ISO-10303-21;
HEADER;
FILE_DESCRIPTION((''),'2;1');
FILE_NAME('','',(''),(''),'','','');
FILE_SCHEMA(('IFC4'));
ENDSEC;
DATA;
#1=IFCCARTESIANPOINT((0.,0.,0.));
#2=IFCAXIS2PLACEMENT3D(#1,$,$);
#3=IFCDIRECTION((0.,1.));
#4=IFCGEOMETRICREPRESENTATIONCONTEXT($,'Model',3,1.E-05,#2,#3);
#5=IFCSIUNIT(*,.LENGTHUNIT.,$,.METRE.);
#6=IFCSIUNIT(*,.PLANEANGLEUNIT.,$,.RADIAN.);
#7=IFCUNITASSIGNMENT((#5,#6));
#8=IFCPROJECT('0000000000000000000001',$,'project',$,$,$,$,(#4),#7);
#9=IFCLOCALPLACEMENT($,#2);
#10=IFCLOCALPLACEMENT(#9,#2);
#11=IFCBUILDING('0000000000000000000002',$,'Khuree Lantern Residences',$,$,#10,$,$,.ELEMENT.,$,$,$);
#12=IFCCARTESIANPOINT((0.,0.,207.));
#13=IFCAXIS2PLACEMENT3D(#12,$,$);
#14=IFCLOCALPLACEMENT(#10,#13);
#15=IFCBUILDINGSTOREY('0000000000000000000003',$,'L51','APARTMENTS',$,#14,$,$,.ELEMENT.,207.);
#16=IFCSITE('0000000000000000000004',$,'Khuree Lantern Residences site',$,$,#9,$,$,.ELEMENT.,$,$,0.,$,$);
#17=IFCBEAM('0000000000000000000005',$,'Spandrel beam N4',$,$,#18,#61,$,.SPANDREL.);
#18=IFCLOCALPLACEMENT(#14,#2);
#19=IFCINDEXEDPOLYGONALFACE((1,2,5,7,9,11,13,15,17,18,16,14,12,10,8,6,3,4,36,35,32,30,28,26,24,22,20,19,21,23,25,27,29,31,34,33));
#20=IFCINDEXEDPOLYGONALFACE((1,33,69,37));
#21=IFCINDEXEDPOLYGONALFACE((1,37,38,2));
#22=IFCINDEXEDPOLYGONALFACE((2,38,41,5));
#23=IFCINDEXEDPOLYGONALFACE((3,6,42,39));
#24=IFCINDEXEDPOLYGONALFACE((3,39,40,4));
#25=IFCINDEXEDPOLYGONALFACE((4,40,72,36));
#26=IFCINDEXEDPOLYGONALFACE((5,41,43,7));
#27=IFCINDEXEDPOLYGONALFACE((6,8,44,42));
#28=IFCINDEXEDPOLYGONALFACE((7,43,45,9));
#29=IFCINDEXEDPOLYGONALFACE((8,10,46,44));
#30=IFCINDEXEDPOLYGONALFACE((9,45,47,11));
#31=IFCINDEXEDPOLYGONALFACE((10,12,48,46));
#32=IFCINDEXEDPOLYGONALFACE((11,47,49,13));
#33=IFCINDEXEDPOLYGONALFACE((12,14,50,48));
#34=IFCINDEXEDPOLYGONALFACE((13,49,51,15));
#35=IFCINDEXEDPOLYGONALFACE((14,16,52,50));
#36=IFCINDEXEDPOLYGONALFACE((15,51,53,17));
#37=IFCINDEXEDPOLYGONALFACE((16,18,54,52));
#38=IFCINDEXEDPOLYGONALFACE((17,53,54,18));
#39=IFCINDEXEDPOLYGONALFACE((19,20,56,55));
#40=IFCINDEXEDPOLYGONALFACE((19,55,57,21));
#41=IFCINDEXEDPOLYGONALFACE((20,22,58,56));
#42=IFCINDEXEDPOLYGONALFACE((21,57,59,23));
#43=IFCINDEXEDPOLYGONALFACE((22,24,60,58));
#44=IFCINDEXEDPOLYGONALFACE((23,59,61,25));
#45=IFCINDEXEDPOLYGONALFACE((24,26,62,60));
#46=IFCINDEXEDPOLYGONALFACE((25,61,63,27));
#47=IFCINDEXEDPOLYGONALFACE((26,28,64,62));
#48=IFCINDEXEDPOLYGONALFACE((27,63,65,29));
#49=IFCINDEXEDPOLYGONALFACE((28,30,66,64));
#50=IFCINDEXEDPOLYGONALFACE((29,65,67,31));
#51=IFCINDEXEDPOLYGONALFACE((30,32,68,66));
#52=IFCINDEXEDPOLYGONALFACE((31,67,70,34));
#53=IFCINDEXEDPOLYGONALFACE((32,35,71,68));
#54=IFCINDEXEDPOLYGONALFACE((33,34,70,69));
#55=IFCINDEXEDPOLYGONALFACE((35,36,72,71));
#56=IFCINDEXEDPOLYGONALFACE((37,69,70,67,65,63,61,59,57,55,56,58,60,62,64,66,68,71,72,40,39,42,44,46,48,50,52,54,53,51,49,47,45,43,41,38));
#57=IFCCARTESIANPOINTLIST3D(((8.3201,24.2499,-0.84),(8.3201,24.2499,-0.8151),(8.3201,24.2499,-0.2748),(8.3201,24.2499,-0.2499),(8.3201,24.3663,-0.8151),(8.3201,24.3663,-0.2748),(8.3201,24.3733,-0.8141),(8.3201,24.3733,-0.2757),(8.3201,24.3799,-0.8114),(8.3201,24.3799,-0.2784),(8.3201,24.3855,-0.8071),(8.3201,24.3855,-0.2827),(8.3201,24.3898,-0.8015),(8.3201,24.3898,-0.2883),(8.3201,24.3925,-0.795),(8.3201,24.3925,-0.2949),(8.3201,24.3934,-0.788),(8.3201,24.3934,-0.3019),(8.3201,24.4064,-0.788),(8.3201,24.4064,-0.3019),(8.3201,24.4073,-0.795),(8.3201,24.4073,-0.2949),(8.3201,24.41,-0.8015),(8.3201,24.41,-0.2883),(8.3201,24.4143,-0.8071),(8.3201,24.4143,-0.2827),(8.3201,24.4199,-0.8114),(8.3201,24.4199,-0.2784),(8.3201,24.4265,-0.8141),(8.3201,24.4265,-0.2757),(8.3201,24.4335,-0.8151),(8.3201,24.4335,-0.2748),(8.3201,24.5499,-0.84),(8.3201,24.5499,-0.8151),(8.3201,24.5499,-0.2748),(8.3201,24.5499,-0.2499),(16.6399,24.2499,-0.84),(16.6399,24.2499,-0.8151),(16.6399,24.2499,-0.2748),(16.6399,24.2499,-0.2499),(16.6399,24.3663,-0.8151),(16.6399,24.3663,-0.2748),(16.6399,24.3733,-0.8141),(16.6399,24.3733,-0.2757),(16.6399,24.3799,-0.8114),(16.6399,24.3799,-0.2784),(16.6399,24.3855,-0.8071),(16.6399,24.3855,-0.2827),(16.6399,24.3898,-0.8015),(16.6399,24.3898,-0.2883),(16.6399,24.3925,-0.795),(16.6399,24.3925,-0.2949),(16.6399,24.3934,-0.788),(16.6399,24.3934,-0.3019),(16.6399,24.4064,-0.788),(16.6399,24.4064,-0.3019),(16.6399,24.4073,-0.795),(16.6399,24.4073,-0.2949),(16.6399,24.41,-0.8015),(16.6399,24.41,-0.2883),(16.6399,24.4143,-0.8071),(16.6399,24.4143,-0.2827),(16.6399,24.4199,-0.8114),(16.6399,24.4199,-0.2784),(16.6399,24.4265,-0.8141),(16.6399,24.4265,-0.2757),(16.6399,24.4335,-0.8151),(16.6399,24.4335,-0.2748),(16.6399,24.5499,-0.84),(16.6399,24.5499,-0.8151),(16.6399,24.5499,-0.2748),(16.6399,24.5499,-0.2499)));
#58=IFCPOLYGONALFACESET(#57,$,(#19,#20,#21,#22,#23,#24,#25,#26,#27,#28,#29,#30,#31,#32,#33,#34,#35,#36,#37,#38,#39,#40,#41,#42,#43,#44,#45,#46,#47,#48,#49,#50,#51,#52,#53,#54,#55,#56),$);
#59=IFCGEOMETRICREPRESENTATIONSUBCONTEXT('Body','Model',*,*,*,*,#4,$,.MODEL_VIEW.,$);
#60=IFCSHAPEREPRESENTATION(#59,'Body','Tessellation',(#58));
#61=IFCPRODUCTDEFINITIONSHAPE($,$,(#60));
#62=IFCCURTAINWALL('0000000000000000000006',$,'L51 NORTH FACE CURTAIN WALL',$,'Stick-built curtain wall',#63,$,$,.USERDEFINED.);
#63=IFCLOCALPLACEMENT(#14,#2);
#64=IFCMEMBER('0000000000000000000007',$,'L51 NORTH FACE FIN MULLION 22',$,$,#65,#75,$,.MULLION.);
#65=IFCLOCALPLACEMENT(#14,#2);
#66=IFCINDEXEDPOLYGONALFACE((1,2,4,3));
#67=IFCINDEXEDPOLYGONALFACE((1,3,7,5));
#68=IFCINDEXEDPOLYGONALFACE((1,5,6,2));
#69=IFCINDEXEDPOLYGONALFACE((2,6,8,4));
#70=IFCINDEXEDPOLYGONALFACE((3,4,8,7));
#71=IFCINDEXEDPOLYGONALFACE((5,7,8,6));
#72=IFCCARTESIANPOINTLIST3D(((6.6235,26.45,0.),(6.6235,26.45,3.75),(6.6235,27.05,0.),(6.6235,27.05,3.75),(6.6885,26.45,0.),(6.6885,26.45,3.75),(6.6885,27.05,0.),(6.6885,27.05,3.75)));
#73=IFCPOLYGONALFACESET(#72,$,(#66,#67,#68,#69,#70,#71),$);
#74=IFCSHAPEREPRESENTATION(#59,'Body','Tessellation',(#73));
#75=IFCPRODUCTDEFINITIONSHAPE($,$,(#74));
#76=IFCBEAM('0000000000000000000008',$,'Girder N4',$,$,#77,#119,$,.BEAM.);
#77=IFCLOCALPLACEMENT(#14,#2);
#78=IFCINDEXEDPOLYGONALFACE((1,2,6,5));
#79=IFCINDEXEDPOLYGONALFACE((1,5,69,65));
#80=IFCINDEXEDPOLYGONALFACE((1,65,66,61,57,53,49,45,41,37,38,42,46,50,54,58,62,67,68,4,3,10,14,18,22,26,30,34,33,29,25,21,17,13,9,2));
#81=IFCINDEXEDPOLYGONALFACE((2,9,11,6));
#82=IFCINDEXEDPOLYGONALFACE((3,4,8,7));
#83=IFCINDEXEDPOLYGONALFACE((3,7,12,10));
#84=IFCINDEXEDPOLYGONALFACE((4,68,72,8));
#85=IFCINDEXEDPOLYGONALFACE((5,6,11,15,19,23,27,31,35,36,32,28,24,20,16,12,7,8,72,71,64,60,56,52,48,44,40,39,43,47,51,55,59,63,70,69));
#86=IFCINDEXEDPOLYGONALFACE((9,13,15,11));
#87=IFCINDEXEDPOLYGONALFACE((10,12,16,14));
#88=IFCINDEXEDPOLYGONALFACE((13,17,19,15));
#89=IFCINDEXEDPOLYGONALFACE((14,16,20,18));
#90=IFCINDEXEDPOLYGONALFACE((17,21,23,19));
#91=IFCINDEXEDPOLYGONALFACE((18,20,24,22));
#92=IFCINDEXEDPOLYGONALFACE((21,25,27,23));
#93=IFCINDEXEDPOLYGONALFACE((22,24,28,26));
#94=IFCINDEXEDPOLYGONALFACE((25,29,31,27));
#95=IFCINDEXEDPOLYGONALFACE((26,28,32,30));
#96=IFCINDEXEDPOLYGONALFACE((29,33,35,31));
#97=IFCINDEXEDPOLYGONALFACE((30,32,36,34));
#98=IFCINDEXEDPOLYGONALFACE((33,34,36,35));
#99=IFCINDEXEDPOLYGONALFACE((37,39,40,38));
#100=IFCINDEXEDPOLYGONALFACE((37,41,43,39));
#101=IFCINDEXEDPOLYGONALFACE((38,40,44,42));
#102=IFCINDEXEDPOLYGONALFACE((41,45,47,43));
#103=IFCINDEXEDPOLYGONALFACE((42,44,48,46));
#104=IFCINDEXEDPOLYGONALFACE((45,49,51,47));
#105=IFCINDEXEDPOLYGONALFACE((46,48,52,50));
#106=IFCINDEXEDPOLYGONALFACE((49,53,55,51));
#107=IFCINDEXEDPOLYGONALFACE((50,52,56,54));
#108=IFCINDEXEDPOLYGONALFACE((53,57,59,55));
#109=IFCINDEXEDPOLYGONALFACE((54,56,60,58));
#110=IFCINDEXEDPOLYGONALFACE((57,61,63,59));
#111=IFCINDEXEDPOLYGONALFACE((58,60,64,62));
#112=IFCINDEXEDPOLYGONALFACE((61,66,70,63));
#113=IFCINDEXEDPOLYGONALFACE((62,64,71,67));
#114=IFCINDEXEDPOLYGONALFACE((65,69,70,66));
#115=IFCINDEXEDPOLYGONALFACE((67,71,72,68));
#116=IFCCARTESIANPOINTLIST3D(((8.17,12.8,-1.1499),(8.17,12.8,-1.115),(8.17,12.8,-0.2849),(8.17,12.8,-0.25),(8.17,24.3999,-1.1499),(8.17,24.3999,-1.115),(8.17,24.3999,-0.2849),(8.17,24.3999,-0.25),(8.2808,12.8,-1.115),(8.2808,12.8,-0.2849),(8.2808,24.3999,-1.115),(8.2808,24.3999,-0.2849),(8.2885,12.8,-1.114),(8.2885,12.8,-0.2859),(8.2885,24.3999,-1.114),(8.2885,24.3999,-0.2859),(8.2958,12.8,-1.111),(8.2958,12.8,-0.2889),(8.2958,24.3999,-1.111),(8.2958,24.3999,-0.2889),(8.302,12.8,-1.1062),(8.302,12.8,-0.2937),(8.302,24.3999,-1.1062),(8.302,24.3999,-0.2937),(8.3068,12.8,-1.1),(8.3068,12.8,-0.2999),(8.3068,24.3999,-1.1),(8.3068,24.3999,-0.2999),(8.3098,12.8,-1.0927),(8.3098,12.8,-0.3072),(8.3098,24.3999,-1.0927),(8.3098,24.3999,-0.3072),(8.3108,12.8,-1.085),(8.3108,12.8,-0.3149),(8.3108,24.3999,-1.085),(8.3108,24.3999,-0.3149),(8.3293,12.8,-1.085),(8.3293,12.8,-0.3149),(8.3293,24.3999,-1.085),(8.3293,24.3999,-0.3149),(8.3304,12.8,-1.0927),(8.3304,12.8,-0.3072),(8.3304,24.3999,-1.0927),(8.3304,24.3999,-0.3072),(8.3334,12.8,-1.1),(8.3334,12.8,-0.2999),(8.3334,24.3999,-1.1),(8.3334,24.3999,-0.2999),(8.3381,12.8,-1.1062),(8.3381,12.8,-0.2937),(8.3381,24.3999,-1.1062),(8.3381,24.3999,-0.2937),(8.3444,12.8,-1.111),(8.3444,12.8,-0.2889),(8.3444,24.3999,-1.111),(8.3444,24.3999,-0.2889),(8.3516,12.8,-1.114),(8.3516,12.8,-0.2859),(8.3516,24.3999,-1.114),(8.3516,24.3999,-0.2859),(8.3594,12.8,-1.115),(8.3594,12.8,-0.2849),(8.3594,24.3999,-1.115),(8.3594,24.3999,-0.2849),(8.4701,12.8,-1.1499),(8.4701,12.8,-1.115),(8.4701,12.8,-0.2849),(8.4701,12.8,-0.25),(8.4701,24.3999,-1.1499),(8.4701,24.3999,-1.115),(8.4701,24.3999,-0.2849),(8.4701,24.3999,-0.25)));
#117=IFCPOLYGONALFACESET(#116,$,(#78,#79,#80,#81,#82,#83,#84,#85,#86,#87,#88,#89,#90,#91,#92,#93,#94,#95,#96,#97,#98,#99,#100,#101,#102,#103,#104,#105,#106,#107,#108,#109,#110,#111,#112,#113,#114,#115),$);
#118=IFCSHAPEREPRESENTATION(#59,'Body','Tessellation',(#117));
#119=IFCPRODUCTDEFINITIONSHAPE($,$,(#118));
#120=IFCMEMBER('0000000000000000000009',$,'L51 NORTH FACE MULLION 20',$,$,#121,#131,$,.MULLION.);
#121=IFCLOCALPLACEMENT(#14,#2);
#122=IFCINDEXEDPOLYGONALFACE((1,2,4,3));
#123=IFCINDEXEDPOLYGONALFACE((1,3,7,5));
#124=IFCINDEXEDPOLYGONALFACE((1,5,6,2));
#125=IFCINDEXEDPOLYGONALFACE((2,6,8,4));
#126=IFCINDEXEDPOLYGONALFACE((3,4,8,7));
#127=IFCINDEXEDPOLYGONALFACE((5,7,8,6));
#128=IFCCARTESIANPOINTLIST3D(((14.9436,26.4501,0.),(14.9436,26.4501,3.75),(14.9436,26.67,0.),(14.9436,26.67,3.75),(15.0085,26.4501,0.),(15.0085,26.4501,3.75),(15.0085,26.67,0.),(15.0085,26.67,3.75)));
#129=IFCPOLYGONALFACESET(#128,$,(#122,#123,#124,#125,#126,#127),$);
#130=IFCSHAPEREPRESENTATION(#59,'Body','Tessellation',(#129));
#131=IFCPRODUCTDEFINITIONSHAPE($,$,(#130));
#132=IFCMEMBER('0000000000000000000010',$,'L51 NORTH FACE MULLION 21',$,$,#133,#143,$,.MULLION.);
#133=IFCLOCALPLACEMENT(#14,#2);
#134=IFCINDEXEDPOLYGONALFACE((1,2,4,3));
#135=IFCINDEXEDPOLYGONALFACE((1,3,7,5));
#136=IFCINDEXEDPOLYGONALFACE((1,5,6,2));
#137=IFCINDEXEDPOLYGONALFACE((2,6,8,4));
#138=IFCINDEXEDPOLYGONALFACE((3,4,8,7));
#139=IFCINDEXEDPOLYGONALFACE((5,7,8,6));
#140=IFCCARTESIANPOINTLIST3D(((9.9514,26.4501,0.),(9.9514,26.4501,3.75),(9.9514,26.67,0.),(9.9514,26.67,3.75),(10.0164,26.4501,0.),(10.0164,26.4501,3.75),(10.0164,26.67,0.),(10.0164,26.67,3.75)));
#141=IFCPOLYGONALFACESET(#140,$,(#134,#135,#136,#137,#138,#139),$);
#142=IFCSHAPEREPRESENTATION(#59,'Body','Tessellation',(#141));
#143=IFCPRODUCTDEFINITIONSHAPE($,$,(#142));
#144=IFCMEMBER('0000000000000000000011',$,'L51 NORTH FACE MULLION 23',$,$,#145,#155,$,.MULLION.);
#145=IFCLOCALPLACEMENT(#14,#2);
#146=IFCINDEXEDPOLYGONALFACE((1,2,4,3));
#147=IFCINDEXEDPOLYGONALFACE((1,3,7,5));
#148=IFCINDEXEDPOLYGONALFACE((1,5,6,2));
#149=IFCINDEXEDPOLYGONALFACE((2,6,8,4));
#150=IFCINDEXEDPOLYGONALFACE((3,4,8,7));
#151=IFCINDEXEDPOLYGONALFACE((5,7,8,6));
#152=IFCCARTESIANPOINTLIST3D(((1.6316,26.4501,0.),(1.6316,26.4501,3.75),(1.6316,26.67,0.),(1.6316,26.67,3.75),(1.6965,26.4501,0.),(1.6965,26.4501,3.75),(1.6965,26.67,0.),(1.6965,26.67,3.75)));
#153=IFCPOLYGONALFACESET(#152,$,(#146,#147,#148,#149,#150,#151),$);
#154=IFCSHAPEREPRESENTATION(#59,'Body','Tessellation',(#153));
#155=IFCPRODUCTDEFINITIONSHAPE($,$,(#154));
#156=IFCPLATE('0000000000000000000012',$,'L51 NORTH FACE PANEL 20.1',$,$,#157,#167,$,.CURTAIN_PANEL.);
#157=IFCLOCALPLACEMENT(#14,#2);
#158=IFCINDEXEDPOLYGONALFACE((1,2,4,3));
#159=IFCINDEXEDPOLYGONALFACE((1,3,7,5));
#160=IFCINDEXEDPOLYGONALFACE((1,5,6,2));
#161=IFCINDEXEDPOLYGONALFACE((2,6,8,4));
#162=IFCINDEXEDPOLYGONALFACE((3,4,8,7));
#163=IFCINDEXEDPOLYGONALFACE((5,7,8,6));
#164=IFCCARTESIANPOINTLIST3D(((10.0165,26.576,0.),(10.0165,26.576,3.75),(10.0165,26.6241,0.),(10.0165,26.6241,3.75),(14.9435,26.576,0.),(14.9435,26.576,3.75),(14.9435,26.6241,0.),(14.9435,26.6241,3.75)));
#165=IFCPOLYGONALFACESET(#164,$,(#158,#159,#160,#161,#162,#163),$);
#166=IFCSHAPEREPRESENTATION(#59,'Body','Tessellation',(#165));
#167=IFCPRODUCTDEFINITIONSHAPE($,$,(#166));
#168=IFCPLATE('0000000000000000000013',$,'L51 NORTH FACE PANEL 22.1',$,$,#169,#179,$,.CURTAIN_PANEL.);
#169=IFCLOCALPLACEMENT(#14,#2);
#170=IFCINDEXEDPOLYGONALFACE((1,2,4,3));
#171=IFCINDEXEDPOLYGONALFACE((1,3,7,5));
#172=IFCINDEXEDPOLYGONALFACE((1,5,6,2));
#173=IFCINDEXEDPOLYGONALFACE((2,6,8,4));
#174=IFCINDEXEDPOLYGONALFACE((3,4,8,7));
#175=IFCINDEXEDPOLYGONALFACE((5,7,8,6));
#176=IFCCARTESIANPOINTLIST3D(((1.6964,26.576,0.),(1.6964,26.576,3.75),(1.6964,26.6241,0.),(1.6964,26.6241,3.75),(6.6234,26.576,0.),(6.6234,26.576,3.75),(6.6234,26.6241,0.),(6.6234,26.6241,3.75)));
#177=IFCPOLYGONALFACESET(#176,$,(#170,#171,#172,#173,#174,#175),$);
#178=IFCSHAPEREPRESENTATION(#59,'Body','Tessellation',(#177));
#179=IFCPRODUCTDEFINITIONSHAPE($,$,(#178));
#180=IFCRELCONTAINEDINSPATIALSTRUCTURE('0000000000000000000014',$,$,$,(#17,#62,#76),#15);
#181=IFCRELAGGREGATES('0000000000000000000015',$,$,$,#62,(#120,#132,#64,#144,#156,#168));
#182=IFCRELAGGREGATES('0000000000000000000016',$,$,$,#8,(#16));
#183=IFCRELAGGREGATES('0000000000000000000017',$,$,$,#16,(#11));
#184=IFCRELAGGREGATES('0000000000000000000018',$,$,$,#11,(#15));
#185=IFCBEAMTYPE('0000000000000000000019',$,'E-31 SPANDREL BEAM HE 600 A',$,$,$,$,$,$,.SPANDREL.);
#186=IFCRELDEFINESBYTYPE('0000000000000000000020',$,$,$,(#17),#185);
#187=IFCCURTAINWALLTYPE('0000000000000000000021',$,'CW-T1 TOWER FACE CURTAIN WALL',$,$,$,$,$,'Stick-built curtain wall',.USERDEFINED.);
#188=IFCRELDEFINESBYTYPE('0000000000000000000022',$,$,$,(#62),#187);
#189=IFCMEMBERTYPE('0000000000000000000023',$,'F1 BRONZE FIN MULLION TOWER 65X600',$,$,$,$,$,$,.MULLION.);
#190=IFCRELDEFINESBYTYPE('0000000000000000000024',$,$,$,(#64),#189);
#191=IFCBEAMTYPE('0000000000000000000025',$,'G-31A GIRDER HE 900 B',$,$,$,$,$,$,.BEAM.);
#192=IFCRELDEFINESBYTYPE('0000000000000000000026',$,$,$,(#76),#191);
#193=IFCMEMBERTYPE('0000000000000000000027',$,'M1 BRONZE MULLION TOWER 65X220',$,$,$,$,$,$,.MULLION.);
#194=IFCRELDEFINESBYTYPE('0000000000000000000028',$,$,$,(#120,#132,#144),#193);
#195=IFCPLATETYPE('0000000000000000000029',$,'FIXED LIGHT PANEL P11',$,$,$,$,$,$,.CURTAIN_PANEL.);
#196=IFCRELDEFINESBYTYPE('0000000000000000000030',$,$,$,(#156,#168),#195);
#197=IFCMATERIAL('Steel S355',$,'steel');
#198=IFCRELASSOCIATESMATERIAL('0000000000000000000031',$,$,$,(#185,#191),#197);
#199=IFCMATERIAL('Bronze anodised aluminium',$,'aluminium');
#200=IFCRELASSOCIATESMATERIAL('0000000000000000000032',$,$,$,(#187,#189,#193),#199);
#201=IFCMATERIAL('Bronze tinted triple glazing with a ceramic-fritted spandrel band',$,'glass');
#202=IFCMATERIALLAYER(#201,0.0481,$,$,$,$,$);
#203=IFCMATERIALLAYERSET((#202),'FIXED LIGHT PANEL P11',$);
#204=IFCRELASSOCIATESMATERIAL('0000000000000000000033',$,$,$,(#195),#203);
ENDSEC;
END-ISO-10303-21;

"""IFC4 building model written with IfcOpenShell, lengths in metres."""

from ifc_helpers import new_model, si_unit, direction, frame, origin, origin_2d, place, context, subcontext, project, spatial, rectangle, i_section, extrude, material, layer, layer_set, material_profile, profile_set, type_object, element, aggregate, save


model = new_model("IFC4")

# Units and contexts
model_context = context("Model", 3, precision=1e-05, world=origin(), true_north=direction((0.0, 1.0)))
body_context = subcontext(model_context, "Body", "Model", "MODEL_VIEW")
ifc_project = project(units=[si_unit("LENGTHUNIT", "METRE"), si_unit("PLANEANGLEUNIT", "RADIAN")], contexts=[model_context])

# Site, building, storey
site_placement = place(None, origin())
site = spatial("IfcSite", under=ifc_project, at=site_placement, Name="Khuree Lantern Residences site", CompositionType="ELEMENT", RefElevation=0.0)
building_placement = place(site_placement, origin())
building = spatial("IfcBuilding", under=site, at=building_placement, Name="Khuree Lantern Residences", CompositionType="ELEMENT")
storey_placement = place(building_placement, frame((0.0, 0.0, 207.0)))
storey = spatial("IfcBuildingStorey", under=building, at=storey_placement, Name="L51", Description="APARTMENTS", CompositionType="ELEMENT", Elevation=207.0)

# Beam
ifc_material_1 = material(Name="Steel S355", Category="steel")
ifc_material_profile_1 = material_profile(ifc_material_1, i_section(OverallWidth=0.3, OverallDepth=0.5901, WebThickness=0.0129, FlangeThickness=0.0249, FilletRadius=0.0271, at=origin_2d()), Name="HE 600 A")
ifc_profile_set_1 = profile_set([ifc_material_profile_1], Name="Steel S355")
beam_type_1 = type_object("IfcBeamType", Name="E-31 SPANDREL BEAM HE 600 A", PredefinedType="SPANDREL", material=ifc_profile_set_1)
beam_1_placement = place(storey_placement, frame((8.3201, 24.3999, -0.5449), z_axis=(1.0, 0.0, 0.0), x_axis=(0.0, 1.0, 0.0)))
element("IfcBeam", 1, at=beam_1_placement, inside=storey, type_object=beam_type_1, Name="Spandrel beam N4", PredefinedType="SPANDREL", context=body_context, shape_type="SweptSolid", body=[
    extrude(i_section(OverallWidth=0.3, OverallDepth=0.5901, WebThickness=0.0129, FlangeThickness=0.0249, FilletRadius=0.0271, at=origin_2d()), origin(), (0.0, 0.0, 1.0), 8.3198),
])

# Curtain wall, member
ifc_material_2 = material(Name="Bronze anodised aluminium", Category="aluminium")
curtain_wall_type = type_object("IfcCurtainWallType", Name="CW-T1 TOWER FACE CURTAIN WALL", ElementType="Stick-built curtain wall", PredefinedType="USERDEFINED", material=ifc_material_2)
curtain_wall_placement = place(storey_placement, origin())
curtain_wall = element("IfcCurtainWall", 2, at=curtain_wall_placement, inside=storey, type_object=curtain_wall_type, Name="L51 NORTH FACE CURTAIN WALL", ObjectType="Stick-built curtain wall", PredefinedType="USERDEFINED")
ifc_material_profile_2 = material_profile(ifc_material_2, rectangle(XDim=0.0649, YDim=0.6001, at=origin_2d()), Name="F1 65X600")
ifc_profile_set_2 = profile_set([ifc_material_profile_2], Name="Bronze anodised aluminium")
member_type_1 = type_object("IfcMemberType", Name="F1 BRONZE FIN MULLION TOWER 65X600", PredefinedType="MULLION", material=ifc_profile_set_2)
member_1_placement = place(storey_placement, frame((6.656, 26.75, 0.0), z_axis=(0.0, 0.0, 1.0), x_axis=(-1.0, 0.0, 0.0)))
member_1 = element("IfcMember", 3, at=member_1_placement, type_object=member_type_1, Name="L51 NORTH FACE FIN MULLION 22", PredefinedType="MULLION", context=body_context, shape_type="SweptSolid", body=[
    extrude(rectangle(XDim=0.0649, YDim=0.6001, at=origin_2d()), origin(), (0.0, 0.0, 1.0), 3.75),
])

# Beam
ifc_material_profile_3 = material_profile(ifc_material_1, i_section(OverallWidth=0.3, OverallDepth=0.8999, WebThickness=0.0186, FlangeThickness=0.0349, FilletRadius=0.03, at=origin_2d()), Name="HE 900 B")
ifc_profile_set_3 = profile_set([ifc_material_profile_3], Name="Steel S355")
beam_type_2 = type_object("IfcBeamType", Name="G-31A GIRDER HE 900 B", PredefinedType="BEAM", material=ifc_profile_set_3)
beam_2_placement = place(storey_placement, frame((8.3201, 24.3999, -0.7), z_axis=(0.0, -1.0, 0.0), x_axis=(1.0, 0.0, 0.0)))
element("IfcBeam", 4, at=beam_2_placement, inside=storey, type_object=beam_type_2, Name="Girder N4", PredefinedType="BEAM", context=body_context, shape_type="SweptSolid", body=[
    extrude(i_section(OverallWidth=0.3, OverallDepth=0.8999, WebThickness=0.0186, FlangeThickness=0.0349, FilletRadius=0.03, at=origin_2d()), origin(), (0.0, 0.0, 1.0), 11.5999),
])

# Members
ifc_material_profile_4 = material_profile(ifc_material_2, rectangle(XDim=0.0649, YDim=0.22, at=origin_2d()), Name="M1 65X220")
ifc_profile_set_4 = profile_set([ifc_material_profile_4], Name="Bronze anodised aluminium")
member_type_2 = type_object("IfcMemberType", Name="M1 BRONZE MULLION TOWER 65X220", PredefinedType="MULLION", material=ifc_profile_set_4)
member_2_placement = place(storey_placement, frame((14.9761, 26.5601, 0.0), z_axis=(0.0, 0.0, 1.0), x_axis=(-1.0, 0.0, 0.0)))
member_2 = element("IfcMember", 5, at=member_2_placement, type_object=member_type_2, Name="L51 NORTH FACE MULLION 20", PredefinedType="MULLION", context=body_context, shape_type="SweptSolid", body=[
    extrude(rectangle(XDim=0.0649, YDim=0.22, at=origin_2d()), origin(), (0.0, 0.0, 1.0), 3.75),
])
member_3_placement = place(storey_placement, frame((9.9839, 26.5601, 0.0), z_axis=(0.0, 0.0, 1.0), x_axis=(-1.0, 0.0, 0.0)))
member_3 = element("IfcMember", 6, at=member_3_placement, type_object=member_type_2, Name="L51 NORTH FACE MULLION 21", PredefinedType="MULLION", context=body_context, shape_type="SweptSolid", body=[
    extrude(rectangle(XDim=0.0649, YDim=0.22, at=origin_2d()), origin(), (0.0, 0.0, 1.0), 3.75),
])
member_4_placement = place(storey_placement, frame((1.6641, 26.5601, 0.0), z_axis=(0.0, 0.0, 1.0), x_axis=(-1.0, 0.0, 0.0)))
member_4 = element("IfcMember", 7, at=member_4_placement, type_object=member_type_2, Name="L51 NORTH FACE MULLION 23", PredefinedType="MULLION", context=body_context, shape_type="SweptSolid", body=[
    extrude(rectangle(XDim=0.0649, YDim=0.22, at=origin_2d()), origin(), (0.0, 0.0, 1.0), 3.75),
])

# Plates
ifc_material_3 = material(Name="Bronze tinted triple glazing with a ceramic-fritted spandrel band", Category="glass")
ifc_layer_1 = layer(ifc_material_3, 0.0481)
ifc_layer_set_1 = layer_set([ifc_layer_1], Name="FIXED LIGHT PANEL P11")
plate_type_1 = type_object("IfcPlateType", Name="FIXED LIGHT PANEL P11", PredefinedType="CURTAIN_PANEL", material=ifc_layer_set_1)
plate_1_placement = place(storey_placement, frame((12.48, 26.6001, 0.0), z_axis=(0.0, 0.0, 1.0), x_axis=(-1.0, 0.0, 0.0)))
plate_1 = element("IfcPlate", 8, at=plate_1_placement, type_object=plate_type_1, Name="L51 NORTH FACE PANEL 20.1", PredefinedType="CURTAIN_PANEL", context=body_context, shape_type="SweptSolid", body=[
    extrude(rectangle(XDim=4.927, YDim=0.0481, at=origin_2d()), origin(), (0.0, 0.0, 1.0), 3.75),
])
plate_2_placement = place(storey_placement, frame((4.1599, 26.6001, 0.0), z_axis=(0.0, 0.0, 1.0), x_axis=(-1.0, 0.0, 0.0)))
plate_2 = element("IfcPlate", 9, at=plate_2_placement, type_object=plate_type_1, Name="L51 NORTH FACE PANEL 22.1", PredefinedType="CURTAIN_PANEL", context=body_context, shape_type="SweptSolid", body=[
    extrude(rectangle(XDim=4.927, YDim=0.0481, at=origin_2d()), origin(), (0.0, 0.0, 1.0), 3.75),
])
aggregate(curtain_wall, [member_2, member_3, member_1, member_4, plate_1, plate_2])

save(model, "model.ifc")
